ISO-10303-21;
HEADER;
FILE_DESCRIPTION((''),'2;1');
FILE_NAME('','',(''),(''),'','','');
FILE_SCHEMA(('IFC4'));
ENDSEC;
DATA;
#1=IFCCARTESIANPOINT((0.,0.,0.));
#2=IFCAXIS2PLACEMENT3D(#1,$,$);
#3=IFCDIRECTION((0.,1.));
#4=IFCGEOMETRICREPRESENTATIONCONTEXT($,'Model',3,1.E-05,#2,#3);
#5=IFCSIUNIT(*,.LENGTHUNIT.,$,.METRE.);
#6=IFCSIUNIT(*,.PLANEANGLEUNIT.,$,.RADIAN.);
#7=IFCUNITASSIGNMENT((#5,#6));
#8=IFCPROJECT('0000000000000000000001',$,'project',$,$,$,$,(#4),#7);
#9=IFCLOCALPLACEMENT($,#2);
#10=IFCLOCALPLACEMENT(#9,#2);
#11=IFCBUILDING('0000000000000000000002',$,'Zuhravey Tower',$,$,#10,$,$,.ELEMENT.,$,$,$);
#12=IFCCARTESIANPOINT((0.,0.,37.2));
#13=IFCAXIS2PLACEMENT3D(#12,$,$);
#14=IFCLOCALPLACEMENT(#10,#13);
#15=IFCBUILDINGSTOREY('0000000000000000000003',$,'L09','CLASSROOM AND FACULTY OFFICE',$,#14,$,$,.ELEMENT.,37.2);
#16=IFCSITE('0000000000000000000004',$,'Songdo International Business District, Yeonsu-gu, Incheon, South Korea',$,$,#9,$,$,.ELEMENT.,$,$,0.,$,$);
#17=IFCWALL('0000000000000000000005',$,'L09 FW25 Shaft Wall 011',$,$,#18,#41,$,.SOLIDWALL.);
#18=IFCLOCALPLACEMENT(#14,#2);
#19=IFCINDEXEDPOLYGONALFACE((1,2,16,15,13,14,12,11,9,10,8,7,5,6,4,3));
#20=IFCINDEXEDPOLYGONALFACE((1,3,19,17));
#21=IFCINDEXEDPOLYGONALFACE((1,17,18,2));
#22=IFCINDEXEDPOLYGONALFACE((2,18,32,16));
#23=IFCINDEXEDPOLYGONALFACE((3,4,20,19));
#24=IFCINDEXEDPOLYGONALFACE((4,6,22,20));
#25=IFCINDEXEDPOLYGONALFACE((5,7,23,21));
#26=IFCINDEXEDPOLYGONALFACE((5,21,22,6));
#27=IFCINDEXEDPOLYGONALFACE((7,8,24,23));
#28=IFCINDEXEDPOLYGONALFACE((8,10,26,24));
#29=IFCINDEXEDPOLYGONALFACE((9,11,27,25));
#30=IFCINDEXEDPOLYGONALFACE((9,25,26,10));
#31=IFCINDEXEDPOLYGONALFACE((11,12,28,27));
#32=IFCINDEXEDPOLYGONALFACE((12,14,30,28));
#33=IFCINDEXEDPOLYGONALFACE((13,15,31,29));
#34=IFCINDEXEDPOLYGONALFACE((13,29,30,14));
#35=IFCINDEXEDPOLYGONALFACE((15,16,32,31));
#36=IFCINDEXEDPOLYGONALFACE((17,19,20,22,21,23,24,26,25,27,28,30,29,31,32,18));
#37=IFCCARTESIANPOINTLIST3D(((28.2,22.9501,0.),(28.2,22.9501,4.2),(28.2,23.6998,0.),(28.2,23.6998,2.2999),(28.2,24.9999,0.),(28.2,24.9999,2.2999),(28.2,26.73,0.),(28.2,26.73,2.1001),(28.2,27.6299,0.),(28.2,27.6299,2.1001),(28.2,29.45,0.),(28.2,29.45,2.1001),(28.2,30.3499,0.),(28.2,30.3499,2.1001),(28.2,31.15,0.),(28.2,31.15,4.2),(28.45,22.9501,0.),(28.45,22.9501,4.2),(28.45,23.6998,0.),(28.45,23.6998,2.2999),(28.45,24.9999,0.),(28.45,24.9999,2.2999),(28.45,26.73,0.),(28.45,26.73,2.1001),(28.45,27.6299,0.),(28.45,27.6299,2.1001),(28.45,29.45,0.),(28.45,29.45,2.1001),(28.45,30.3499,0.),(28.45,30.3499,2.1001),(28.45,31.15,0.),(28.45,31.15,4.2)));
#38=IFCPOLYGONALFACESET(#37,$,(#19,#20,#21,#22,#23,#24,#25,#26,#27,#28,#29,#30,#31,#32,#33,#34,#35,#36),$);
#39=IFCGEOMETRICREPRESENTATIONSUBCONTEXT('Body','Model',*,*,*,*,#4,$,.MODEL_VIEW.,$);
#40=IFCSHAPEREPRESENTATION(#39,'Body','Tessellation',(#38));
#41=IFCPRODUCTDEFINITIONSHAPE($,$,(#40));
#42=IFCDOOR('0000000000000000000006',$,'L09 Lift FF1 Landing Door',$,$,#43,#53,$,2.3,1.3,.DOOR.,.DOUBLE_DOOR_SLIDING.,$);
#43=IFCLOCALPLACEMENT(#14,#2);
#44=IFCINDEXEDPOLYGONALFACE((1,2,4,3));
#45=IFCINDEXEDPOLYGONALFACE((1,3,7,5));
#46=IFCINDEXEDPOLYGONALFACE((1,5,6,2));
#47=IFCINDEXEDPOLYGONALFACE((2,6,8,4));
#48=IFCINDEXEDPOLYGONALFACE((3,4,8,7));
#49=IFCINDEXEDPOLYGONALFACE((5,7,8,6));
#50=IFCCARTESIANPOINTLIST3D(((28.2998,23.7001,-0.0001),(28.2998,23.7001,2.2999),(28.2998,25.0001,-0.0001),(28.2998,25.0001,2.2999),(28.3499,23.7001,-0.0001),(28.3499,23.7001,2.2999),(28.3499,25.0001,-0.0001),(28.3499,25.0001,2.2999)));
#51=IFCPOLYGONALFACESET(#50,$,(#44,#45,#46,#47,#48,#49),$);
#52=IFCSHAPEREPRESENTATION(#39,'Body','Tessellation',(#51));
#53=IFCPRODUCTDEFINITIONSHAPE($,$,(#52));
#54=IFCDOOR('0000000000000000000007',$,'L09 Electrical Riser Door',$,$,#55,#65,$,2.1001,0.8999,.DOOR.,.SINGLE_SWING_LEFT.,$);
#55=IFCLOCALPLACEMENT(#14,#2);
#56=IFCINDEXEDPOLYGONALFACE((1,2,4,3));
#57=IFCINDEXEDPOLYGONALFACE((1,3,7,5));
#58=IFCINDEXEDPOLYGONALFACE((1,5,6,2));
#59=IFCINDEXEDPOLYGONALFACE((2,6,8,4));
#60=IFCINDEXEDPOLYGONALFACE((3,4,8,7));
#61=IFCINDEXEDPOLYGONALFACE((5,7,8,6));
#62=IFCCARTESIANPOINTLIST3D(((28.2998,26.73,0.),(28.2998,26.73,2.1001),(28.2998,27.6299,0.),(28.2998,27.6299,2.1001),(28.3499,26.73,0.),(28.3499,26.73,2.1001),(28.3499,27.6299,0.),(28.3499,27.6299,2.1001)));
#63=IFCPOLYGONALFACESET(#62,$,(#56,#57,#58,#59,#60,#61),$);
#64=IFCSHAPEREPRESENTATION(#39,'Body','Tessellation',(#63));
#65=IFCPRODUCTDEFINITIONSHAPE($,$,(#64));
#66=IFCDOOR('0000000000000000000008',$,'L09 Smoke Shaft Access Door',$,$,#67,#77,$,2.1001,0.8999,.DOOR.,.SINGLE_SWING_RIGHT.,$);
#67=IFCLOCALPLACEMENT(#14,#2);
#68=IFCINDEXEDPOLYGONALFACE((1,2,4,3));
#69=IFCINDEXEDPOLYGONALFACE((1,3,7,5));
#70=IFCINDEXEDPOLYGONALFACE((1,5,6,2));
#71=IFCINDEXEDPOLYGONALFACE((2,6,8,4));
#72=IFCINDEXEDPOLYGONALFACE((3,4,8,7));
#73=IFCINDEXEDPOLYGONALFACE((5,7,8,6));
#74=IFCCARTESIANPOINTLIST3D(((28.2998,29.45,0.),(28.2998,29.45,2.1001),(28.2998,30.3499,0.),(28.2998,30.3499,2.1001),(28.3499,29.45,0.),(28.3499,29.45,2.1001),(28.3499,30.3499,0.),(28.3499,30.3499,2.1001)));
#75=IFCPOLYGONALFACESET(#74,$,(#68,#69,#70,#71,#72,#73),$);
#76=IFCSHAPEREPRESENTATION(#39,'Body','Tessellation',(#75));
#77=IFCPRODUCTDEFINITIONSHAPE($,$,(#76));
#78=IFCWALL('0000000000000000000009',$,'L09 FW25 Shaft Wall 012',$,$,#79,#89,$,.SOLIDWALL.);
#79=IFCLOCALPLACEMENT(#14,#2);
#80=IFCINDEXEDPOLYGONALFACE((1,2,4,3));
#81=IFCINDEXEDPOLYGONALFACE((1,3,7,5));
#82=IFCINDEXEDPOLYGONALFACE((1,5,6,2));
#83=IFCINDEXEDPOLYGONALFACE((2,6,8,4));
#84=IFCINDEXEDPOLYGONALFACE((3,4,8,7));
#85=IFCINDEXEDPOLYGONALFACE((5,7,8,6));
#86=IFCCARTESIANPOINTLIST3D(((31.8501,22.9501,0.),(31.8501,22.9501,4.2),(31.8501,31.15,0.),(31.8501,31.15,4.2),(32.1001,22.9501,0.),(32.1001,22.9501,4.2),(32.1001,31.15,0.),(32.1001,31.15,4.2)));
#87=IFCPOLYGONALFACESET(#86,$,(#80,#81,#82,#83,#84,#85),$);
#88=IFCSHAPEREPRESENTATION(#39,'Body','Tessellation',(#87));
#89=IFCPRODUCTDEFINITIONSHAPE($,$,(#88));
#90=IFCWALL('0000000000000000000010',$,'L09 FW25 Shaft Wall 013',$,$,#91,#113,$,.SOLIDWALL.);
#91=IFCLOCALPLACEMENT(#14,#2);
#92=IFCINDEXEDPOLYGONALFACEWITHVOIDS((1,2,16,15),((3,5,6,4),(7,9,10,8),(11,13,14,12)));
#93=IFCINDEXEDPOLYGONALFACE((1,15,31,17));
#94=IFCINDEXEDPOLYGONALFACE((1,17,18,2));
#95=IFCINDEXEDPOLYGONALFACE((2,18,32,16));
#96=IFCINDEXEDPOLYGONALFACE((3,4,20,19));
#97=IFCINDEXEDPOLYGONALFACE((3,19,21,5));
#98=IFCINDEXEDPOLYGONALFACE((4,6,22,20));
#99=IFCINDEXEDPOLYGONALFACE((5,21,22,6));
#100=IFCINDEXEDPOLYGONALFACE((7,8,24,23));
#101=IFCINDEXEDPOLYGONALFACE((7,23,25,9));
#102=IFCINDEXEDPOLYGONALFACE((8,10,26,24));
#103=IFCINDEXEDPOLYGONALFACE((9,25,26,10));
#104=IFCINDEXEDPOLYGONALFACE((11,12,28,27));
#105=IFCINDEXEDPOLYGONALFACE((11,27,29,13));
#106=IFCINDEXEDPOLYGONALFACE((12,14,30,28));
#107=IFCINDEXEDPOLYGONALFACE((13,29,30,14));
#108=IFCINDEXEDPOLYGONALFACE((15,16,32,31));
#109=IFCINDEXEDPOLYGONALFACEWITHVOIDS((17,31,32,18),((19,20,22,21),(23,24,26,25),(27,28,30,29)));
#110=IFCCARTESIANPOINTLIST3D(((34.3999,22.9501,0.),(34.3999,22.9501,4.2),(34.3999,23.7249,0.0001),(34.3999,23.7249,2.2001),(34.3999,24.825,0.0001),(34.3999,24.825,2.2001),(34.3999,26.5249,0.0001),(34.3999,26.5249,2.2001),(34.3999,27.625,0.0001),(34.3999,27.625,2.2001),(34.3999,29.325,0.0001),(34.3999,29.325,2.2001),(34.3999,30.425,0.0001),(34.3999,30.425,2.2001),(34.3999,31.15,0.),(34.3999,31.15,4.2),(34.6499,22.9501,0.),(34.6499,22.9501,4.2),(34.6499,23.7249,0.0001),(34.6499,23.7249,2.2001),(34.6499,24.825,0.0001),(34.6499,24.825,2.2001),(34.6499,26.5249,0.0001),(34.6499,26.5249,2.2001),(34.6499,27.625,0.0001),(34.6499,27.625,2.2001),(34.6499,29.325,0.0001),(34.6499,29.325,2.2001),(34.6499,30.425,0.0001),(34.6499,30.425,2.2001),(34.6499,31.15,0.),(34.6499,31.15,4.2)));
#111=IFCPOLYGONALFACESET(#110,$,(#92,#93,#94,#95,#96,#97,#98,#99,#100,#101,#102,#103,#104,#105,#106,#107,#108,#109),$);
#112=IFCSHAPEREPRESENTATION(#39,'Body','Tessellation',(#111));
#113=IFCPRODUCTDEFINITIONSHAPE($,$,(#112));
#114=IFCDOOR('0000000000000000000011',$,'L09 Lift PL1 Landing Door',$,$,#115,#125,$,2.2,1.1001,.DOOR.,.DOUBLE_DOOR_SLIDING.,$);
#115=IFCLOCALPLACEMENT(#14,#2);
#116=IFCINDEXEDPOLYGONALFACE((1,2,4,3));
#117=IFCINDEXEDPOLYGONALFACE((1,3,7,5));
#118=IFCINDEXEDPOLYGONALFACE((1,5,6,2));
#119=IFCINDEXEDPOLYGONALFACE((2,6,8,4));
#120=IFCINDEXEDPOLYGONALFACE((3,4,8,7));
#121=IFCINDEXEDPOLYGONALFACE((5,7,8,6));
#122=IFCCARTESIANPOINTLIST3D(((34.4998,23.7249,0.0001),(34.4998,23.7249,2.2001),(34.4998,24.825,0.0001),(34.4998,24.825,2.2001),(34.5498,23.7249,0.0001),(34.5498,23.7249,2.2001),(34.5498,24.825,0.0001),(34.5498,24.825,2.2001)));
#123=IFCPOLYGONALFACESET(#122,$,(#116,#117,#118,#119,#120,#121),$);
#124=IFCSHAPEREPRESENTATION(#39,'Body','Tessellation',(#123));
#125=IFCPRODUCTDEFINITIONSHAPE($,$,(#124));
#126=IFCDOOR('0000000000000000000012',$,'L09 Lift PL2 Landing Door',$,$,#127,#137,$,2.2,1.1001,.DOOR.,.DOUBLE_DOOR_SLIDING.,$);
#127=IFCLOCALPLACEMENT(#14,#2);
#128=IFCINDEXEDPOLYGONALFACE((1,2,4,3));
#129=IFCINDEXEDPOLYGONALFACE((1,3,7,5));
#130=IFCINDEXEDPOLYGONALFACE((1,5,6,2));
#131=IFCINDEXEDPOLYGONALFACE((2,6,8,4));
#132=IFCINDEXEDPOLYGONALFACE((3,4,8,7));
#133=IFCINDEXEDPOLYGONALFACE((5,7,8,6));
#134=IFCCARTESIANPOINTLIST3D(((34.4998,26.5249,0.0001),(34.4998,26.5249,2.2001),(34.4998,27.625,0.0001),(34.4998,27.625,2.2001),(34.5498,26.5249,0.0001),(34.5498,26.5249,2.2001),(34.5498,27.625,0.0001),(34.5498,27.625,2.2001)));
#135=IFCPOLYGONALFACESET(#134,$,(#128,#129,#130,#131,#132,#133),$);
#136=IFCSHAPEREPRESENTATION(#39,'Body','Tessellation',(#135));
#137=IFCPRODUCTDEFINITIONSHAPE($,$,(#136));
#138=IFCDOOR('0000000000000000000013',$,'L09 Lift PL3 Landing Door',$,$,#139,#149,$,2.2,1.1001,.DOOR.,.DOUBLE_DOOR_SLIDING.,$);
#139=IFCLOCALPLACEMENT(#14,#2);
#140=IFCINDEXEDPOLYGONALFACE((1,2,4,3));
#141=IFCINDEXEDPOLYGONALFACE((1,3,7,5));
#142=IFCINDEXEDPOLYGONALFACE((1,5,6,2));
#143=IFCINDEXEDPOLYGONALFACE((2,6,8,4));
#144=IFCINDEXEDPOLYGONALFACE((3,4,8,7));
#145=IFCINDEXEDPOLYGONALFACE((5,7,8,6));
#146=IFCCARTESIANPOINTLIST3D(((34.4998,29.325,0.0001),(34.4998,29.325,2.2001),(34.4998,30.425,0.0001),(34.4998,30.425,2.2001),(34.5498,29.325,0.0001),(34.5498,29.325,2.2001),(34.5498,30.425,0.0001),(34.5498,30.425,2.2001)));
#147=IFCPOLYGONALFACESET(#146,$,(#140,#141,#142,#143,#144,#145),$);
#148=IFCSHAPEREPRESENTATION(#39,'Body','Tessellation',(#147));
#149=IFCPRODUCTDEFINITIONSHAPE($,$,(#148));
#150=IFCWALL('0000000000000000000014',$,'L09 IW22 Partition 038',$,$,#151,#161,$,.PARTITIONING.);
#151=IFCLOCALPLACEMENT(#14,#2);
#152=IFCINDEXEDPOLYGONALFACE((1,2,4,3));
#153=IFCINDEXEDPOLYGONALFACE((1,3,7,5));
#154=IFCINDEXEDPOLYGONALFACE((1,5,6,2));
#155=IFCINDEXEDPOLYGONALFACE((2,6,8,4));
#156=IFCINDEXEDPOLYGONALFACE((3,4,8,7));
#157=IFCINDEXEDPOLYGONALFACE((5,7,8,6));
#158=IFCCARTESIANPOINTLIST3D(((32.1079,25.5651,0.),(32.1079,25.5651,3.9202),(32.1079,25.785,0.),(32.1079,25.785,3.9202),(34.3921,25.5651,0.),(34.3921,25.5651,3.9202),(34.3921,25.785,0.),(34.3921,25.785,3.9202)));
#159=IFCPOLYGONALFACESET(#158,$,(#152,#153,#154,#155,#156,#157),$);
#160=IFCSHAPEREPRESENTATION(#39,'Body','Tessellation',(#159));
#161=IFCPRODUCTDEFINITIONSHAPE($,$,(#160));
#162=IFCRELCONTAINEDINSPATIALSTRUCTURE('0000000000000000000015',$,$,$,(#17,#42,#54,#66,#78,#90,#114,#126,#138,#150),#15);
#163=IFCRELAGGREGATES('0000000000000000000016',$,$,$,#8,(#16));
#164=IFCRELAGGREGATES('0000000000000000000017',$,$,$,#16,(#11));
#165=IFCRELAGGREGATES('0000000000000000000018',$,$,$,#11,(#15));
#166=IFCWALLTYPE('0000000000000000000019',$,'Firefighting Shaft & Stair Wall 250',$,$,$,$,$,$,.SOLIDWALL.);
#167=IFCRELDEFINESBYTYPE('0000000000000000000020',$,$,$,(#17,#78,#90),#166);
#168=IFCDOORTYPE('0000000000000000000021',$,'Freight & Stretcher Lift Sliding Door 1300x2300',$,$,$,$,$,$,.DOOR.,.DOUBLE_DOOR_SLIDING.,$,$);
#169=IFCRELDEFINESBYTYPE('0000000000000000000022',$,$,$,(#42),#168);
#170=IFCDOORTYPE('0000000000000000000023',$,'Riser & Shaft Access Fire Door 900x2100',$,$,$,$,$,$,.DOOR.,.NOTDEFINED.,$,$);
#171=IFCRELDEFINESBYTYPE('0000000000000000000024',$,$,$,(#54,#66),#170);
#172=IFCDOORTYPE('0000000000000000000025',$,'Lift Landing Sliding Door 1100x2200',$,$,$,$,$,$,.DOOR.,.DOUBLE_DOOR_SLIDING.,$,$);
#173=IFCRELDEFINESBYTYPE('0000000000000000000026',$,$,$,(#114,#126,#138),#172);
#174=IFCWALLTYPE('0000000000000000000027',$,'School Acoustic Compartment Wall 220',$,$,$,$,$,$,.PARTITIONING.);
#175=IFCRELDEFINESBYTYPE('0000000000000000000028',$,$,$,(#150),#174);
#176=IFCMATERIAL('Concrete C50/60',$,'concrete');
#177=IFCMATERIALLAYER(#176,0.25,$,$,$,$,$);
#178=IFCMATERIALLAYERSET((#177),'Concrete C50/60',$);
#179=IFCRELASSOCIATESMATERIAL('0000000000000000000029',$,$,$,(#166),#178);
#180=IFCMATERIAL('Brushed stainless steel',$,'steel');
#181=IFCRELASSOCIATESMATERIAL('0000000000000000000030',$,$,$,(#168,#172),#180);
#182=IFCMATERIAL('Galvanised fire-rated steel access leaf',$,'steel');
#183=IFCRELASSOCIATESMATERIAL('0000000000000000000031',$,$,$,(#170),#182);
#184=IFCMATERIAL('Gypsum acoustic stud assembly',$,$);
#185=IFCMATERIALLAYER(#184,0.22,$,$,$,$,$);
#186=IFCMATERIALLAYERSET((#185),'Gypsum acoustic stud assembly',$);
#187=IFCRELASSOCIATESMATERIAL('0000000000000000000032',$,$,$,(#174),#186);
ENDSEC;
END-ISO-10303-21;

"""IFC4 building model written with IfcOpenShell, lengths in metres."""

from ifc_helpers import new_model, si_unit, direction, frame, frame_2d, origin, place, context, subcontext, project, spatial, rectangle, extrude, material, layer, layer_set, type_object, element, fill, save


model = new_model("IFC4")

# Units and contexts
model_context = context("Model", 3, precision=1e-05, world=origin(), true_north=direction((0.0, 1.0)))
body_context = subcontext(model_context, "Body", "Model", "MODEL_VIEW")
ifc_project = project(units=[si_unit("LENGTHUNIT", "METRE"), si_unit("PLANEANGLEUNIT", "RADIAN")], contexts=[model_context])

# Site, building, storey
site_placement = place(None, origin())
site = spatial("IfcSite", under=ifc_project, at=site_placement, Name="Songdo International Business District, Yeonsu-gu, Incheon, South Korea", CompositionType="ELEMENT", RefElevation=0.0)
building_placement = place(site_placement, origin())
building = spatial("IfcBuilding", under=site, at=building_placement, Name="Zuhravey Tower", CompositionType="ELEMENT")
storey_placement = place(building_placement, frame((0.0, 0.0, 37.2)))
storey = spatial("IfcBuildingStorey", under=building, at=storey_placement, Name="L09", Description="CLASSROOM AND FACULTY OFFICE", CompositionType="ELEMENT", Elevation=37.2)

# Shared definitions
ifc_material_1 = material(Name="Concrete C50/60", Category="concrete")
ifc_layer_1 = layer(ifc_material_1, 0.25)
ifc_layer_set_1 = layer_set([ifc_layer_1], Name="Concrete C50/60")
wall_type_1 = type_object("IfcWallType", Name="Firefighting Shaft & Stair Wall 250", PredefinedType="SOLIDWALL", material=ifc_layer_set_1)

# Wall, openings, doors
wall_1_placement = place(storey_placement, frame((28.325, 22.95, 0.0), z_axis=(0.0, 0.0, 1.0), x_axis=(0.0, 1.0, 0.0)))
wall_1 = element("IfcWall", 1, at=wall_1_placement, inside=storey, type_object=wall_type_1, Name="L09 FW25 Shaft Wall 011", PredefinedType="SOLIDWALL", context=body_context, shape_type="SweptSolid", body=[
    extrude(rectangle(XDim=8.2, YDim=0.25, at=frame_2d((4.1001, 0.0))), origin(), (0.0, 0.0, 1.0), 4.2),
])
opening_1_placement = place(wall_1_placement, frame((0.75, 0.0, 0.0)))
opening_1 = element("IfcOpeningElement", 2, at=opening_1_placement, cuts=wall_1, PredefinedType="OPENING", context=body_context, shape_type="SweptSolid", body=[
    extrude(rectangle(XDim=1.3, YDim=2.3, at=frame_2d((0.6499, 1.1499))), frame((0.0, 0.137, 0.0), z_axis=(0.0, -1.0, 0.0), x_axis=(1.0, 0.0, 0.0)), (0.0, 0.0, 1.0), 0.2739),
])
opening_2_placement = place(wall_1_placement, frame((3.78, 0.0, 0.0)))
opening_2 = element("IfcOpeningElement", 3, at=opening_2_placement, cuts=wall_1, PredefinedType="OPENING", context=body_context, shape_type="SweptSolid", body=[
    extrude(rectangle(XDim=0.8999, YDim=2.1001, at=frame_2d((0.45, 1.05))), frame((0.0, 0.137, 0.0), z_axis=(0.0, -1.0, 0.0), x_axis=(1.0, 0.0, 0.0)), (0.0, 0.0, 1.0), 0.2739),
])
opening_3_placement = place(wall_1_placement, frame((6.5, 0.0, 0.0)))
opening_3 = element("IfcOpeningElement", 4, at=opening_3_placement, cuts=wall_1, PredefinedType="OPENING", context=body_context, shape_type="SweptSolid", body=[
    extrude(rectangle(XDim=0.8999, YDim=2.1001, at=frame_2d((0.45, 1.05))), frame((0.0, 0.137, 0.0), z_axis=(0.0, -1.0, 0.0), x_axis=(1.0, 0.0, 0.0)), (0.0, 0.0, 1.0), 0.2739),
])
ifc_material_2 = material(Name="Brushed stainless steel", Category="steel")
door_type_1 = type_object("IfcDoorType", Name="Freight & Stretcher Lift Sliding Door 1300x2300", OperationType="DOUBLE_DOOR_SLIDING", PredefinedType="DOOR", material=ifc_material_2)
door_1_placement = place(opening_1_placement, frame((1.3, 0.0, 0.0), z_axis=(0.0, 0.0, 1.0), x_axis=(-1.0, 0.0, 0.0)))
door_1 = element("IfcDoor", 5, at=door_1_placement, inside=storey, type_object=door_type_1, Name="L09 Lift FF1 Landing Door", OperationType="DOUBLE_DOOR_SLIDING", OverallHeight=2.3, OverallWidth=1.3, PredefinedType="DOOR", context=body_context, shape_type="SweptSolid", body=[
    extrude(rectangle(XDim=1.3, YDim=2.3, at=frame_2d((0.6499, 1.1499))), frame((0.0, 0.0249, 0.0), z_axis=(0.0, -1.0, 0.0), x_axis=(1.0, 0.0, 0.0)), (0.0, 0.0, 1.0), 0.05),
])
fill(opening_1, door_1)
ifc_material_3 = material(Name="Galvanised fire-rated steel access leaf", Category="steel")
door_type_2 = type_object("IfcDoorType", Name="Riser & Shaft Access Fire Door 900x2100", OperationType="NOTDEFINED", PredefinedType="DOOR", material=ifc_material_3)
door_2_placement = place(opening_2_placement, frame((0.8999, 0.0, 0.0), z_axis=(0.0, 0.0, 1.0), x_axis=(-1.0, 0.0, 0.0)))
door_2 = element("IfcDoor", 6, at=door_2_placement, inside=storey, type_object=door_type_2, Name="L09 Electrical Riser Door", OperationType="SINGLE_SWING_LEFT", OverallHeight=2.1001, OverallWidth=0.8999, PredefinedType="DOOR", context=body_context, shape_type="SweptSolid", body=[
    extrude(rectangle(XDim=0.8999, YDim=2.1001, at=frame_2d((0.45, 1.05))), frame((0.0, 0.0249, 0.0), z_axis=(0.0, -1.0, 0.0), x_axis=(1.0, 0.0, 0.0)), (0.0, 0.0, 1.0), 0.05),
])
fill(opening_2, door_2)
door_3_placement = place(opening_3_placement, frame((0.8999, 0.0, 0.0), z_axis=(0.0, 0.0, 1.0), x_axis=(-1.0, 0.0, 0.0)))
door_3 = element("IfcDoor", 7, at=door_3_placement, inside=storey, type_object=door_type_2, Name="L09 Smoke Shaft Access Door", OperationType="SINGLE_SWING_RIGHT", OverallHeight=2.1001, OverallWidth=0.8999, PredefinedType="DOOR", context=body_context, shape_type="SweptSolid", body=[
    extrude(rectangle(XDim=0.8999, YDim=2.1001, at=frame_2d((0.45, 1.05))), frame((0.0, 0.0249, 0.0), z_axis=(0.0, -1.0, 0.0), x_axis=(1.0, 0.0, 0.0)), (0.0, 0.0, 1.0), 0.05),
])
fill(opening_3, door_3)

# Wall
wall_2_placement = place(storey_placement, frame((31.9751, 22.95, 0.0), z_axis=(0.0, 0.0, 1.0), x_axis=(0.0, 1.0, 0.0)))
element("IfcWall", 8, at=wall_2_placement, inside=storey, type_object=wall_type_1, Name="L09 FW25 Shaft Wall 012", PredefinedType="SOLIDWALL", context=body_context, shape_type="SweptSolid", body=[
    extrude(rectangle(XDim=8.2, YDim=0.25, at=frame_2d((4.1001, 0.0))), origin(), (0.0, 0.0, 1.0), 4.2),
])

# Wall, openings, doors
wall_3_placement = place(storey_placement, frame((34.5249, 22.95, 0.0), z_axis=(0.0, 0.0, 1.0), x_axis=(0.0, 1.0, 0.0)))
wall_3 = element("IfcWall", 9, at=wall_3_placement, inside=storey, type_object=wall_type_1, Name="L09 FW25 Shaft Wall 013", PredefinedType="SOLIDWALL", context=body_context, shape_type="SweptSolid", body=[
    extrude(rectangle(XDim=8.2, YDim=0.25, at=frame_2d((4.1001, 0.0))), origin(), (0.0, 0.0, 1.0), 4.2),
])
opening_4_placement = place(wall_3_placement, frame((0.7749, 0.0, 0.0)))
opening_4 = element("IfcOpeningElement", 10, at=opening_4_placement, cuts=wall_3, PredefinedType="OPENING", context=body_context, shape_type="SweptSolid", body=[
    extrude(rectangle(XDim=1.1001, YDim=2.2, at=frame_2d((0.55, 1.1001))), frame((0.0, 0.137, 0.0), z_axis=(0.0, -1.0, 0.0), x_axis=(1.0, 0.0, 0.0)), (0.0, 0.0, 1.0), 0.2739),
])
opening_5_placement = place(wall_3_placement, frame((3.575, 0.0, 0.0)))
opening_5 = element("IfcOpeningElement", 11, at=opening_5_placement, cuts=wall_3, PredefinedType="OPENING", context=body_context, shape_type="SweptSolid", body=[
    extrude(rectangle(XDim=1.1001, YDim=2.2, at=frame_2d((0.55, 1.1001))), frame((0.0, 0.137, 0.0), z_axis=(0.0, -1.0, 0.0), x_axis=(1.0, 0.0, 0.0)), (0.0, 0.0, 1.0), 0.2739),
])
opening_6_placement = place(wall_3_placement, frame((6.375, 0.0, 0.0)))
opening_6 = element("IfcOpeningElement", 12, at=opening_6_placement, cuts=wall_3, PredefinedType="OPENING", context=body_context, shape_type="SweptSolid", body=[
    extrude(rectangle(XDim=1.1001, YDim=2.2, at=frame_2d((0.55, 1.1001))), frame((0.0, 0.137, 0.0), z_axis=(0.0, -1.0, 0.0), x_axis=(1.0, 0.0, 0.0)), (0.0, 0.0, 1.0), 0.2739),
])
door_type_3 = type_object("IfcDoorType", Name="Lift Landing Sliding Door 1100x2200", OperationType="DOUBLE_DOOR_SLIDING", PredefinedType="DOOR", material=ifc_material_2)
door_4_placement = place(opening_4_placement, frame((1.1001, 0.0, 0.0), z_axis=(0.0, 0.0, 1.0), x_axis=(-1.0, 0.0, 0.0)))
door_4 = element("IfcDoor", 13, at=door_4_placement, inside=storey, type_object=door_type_3, Name="L09 Lift PL1 Landing Door", OperationType="DOUBLE_DOOR_SLIDING", OverallHeight=2.2, OverallWidth=1.1001, PredefinedType="DOOR", context=body_context, shape_type="SweptSolid", body=[
    extrude(rectangle(XDim=1.1001, YDim=2.2, at=frame_2d((0.55, 1.1001))), frame((0.0, 0.0249, 0.0), z_axis=(0.0, -1.0, 0.0), x_axis=(1.0, 0.0, 0.0)), (0.0, 0.0, 1.0), 0.05),
])
fill(opening_4, door_4)
door_5_placement = place(opening_5_placement, frame((1.1001, 0.0, 0.0), z_axis=(0.0, 0.0, 1.0), x_axis=(-1.0, 0.0, 0.0)))
door_5 = element("IfcDoor", 14, at=door_5_placement, inside=storey, type_object=door_type_3, Name="L09 Lift PL2 Landing Door", OperationType="DOUBLE_DOOR_SLIDING", OverallHeight=2.2, OverallWidth=1.1001, PredefinedType="DOOR", context=body_context, shape_type="SweptSolid", body=[
    extrude(rectangle(XDim=1.1001, YDim=2.2, at=frame_2d((0.55, 1.1001))), frame((0.0, 0.0249, 0.0), z_axis=(0.0, -1.0, 0.0), x_axis=(1.0, 0.0, 0.0)), (0.0, 0.0, 1.0), 0.05),
])
fill(opening_5, door_5)
door_6_placement = place(opening_6_placement, frame((1.1001, 0.0, 0.0), z_axis=(0.0, 0.0, 1.0), x_axis=(-1.0, 0.0, 0.0)))
door_6 = element("IfcDoor", 15, at=door_6_placement, inside=storey, type_object=door_type_3, Name="L09 Lift PL3 Landing Door", OperationType="DOUBLE_DOOR_SLIDING", OverallHeight=2.2, OverallWidth=1.1001, PredefinedType="DOOR", context=body_context, shape_type="SweptSolid", body=[
    extrude(rectangle(XDim=1.1001, YDim=2.2, at=frame_2d((0.55, 1.1001))), frame((0.0, 0.0249, 0.0), z_axis=(0.0, -1.0, 0.0), x_axis=(1.0, 0.0, 0.0)), (0.0, 0.0, 1.0), 0.05),
])
fill(opening_6, door_6)

# Wall
ifc_material_4 = material(Name="Gypsum acoustic stud assembly")
ifc_layer_2 = layer(ifc_material_4, 0.22)
ifc_layer_set_2 = layer_set([ifc_layer_2], Name="Gypsum acoustic stud assembly")
wall_type_2 = type_object("IfcWallType", Name="School Acoustic Compartment Wall 220", PredefinedType="PARTITIONING", material=ifc_layer_set_2)
for number, where, z_axis, x_axis, name in (
    (16, (32.1079, 25.675, 0.0), (0.0, 0.0, 1.0), (1.0, 0.0, 0.0), "L09 IW22 Partition 038"),
):
    element("IfcWall", number, at=place(storey_placement, frame(where, z_axis=z_axis, x_axis=x_axis)), inside=storey, type_object=wall_type_2, Name=name, PredefinedType="PARTITIONING", context=body_context, shape_type="SweptSolid", body=[
        extrude(rectangle(XDim=2.2842, YDim=0.22, at=frame_2d((1.1421, 0.0))), origin(), (0.0, 0.0, 1.0), 3.9202),
    ])

save(model, "model.ifc")
